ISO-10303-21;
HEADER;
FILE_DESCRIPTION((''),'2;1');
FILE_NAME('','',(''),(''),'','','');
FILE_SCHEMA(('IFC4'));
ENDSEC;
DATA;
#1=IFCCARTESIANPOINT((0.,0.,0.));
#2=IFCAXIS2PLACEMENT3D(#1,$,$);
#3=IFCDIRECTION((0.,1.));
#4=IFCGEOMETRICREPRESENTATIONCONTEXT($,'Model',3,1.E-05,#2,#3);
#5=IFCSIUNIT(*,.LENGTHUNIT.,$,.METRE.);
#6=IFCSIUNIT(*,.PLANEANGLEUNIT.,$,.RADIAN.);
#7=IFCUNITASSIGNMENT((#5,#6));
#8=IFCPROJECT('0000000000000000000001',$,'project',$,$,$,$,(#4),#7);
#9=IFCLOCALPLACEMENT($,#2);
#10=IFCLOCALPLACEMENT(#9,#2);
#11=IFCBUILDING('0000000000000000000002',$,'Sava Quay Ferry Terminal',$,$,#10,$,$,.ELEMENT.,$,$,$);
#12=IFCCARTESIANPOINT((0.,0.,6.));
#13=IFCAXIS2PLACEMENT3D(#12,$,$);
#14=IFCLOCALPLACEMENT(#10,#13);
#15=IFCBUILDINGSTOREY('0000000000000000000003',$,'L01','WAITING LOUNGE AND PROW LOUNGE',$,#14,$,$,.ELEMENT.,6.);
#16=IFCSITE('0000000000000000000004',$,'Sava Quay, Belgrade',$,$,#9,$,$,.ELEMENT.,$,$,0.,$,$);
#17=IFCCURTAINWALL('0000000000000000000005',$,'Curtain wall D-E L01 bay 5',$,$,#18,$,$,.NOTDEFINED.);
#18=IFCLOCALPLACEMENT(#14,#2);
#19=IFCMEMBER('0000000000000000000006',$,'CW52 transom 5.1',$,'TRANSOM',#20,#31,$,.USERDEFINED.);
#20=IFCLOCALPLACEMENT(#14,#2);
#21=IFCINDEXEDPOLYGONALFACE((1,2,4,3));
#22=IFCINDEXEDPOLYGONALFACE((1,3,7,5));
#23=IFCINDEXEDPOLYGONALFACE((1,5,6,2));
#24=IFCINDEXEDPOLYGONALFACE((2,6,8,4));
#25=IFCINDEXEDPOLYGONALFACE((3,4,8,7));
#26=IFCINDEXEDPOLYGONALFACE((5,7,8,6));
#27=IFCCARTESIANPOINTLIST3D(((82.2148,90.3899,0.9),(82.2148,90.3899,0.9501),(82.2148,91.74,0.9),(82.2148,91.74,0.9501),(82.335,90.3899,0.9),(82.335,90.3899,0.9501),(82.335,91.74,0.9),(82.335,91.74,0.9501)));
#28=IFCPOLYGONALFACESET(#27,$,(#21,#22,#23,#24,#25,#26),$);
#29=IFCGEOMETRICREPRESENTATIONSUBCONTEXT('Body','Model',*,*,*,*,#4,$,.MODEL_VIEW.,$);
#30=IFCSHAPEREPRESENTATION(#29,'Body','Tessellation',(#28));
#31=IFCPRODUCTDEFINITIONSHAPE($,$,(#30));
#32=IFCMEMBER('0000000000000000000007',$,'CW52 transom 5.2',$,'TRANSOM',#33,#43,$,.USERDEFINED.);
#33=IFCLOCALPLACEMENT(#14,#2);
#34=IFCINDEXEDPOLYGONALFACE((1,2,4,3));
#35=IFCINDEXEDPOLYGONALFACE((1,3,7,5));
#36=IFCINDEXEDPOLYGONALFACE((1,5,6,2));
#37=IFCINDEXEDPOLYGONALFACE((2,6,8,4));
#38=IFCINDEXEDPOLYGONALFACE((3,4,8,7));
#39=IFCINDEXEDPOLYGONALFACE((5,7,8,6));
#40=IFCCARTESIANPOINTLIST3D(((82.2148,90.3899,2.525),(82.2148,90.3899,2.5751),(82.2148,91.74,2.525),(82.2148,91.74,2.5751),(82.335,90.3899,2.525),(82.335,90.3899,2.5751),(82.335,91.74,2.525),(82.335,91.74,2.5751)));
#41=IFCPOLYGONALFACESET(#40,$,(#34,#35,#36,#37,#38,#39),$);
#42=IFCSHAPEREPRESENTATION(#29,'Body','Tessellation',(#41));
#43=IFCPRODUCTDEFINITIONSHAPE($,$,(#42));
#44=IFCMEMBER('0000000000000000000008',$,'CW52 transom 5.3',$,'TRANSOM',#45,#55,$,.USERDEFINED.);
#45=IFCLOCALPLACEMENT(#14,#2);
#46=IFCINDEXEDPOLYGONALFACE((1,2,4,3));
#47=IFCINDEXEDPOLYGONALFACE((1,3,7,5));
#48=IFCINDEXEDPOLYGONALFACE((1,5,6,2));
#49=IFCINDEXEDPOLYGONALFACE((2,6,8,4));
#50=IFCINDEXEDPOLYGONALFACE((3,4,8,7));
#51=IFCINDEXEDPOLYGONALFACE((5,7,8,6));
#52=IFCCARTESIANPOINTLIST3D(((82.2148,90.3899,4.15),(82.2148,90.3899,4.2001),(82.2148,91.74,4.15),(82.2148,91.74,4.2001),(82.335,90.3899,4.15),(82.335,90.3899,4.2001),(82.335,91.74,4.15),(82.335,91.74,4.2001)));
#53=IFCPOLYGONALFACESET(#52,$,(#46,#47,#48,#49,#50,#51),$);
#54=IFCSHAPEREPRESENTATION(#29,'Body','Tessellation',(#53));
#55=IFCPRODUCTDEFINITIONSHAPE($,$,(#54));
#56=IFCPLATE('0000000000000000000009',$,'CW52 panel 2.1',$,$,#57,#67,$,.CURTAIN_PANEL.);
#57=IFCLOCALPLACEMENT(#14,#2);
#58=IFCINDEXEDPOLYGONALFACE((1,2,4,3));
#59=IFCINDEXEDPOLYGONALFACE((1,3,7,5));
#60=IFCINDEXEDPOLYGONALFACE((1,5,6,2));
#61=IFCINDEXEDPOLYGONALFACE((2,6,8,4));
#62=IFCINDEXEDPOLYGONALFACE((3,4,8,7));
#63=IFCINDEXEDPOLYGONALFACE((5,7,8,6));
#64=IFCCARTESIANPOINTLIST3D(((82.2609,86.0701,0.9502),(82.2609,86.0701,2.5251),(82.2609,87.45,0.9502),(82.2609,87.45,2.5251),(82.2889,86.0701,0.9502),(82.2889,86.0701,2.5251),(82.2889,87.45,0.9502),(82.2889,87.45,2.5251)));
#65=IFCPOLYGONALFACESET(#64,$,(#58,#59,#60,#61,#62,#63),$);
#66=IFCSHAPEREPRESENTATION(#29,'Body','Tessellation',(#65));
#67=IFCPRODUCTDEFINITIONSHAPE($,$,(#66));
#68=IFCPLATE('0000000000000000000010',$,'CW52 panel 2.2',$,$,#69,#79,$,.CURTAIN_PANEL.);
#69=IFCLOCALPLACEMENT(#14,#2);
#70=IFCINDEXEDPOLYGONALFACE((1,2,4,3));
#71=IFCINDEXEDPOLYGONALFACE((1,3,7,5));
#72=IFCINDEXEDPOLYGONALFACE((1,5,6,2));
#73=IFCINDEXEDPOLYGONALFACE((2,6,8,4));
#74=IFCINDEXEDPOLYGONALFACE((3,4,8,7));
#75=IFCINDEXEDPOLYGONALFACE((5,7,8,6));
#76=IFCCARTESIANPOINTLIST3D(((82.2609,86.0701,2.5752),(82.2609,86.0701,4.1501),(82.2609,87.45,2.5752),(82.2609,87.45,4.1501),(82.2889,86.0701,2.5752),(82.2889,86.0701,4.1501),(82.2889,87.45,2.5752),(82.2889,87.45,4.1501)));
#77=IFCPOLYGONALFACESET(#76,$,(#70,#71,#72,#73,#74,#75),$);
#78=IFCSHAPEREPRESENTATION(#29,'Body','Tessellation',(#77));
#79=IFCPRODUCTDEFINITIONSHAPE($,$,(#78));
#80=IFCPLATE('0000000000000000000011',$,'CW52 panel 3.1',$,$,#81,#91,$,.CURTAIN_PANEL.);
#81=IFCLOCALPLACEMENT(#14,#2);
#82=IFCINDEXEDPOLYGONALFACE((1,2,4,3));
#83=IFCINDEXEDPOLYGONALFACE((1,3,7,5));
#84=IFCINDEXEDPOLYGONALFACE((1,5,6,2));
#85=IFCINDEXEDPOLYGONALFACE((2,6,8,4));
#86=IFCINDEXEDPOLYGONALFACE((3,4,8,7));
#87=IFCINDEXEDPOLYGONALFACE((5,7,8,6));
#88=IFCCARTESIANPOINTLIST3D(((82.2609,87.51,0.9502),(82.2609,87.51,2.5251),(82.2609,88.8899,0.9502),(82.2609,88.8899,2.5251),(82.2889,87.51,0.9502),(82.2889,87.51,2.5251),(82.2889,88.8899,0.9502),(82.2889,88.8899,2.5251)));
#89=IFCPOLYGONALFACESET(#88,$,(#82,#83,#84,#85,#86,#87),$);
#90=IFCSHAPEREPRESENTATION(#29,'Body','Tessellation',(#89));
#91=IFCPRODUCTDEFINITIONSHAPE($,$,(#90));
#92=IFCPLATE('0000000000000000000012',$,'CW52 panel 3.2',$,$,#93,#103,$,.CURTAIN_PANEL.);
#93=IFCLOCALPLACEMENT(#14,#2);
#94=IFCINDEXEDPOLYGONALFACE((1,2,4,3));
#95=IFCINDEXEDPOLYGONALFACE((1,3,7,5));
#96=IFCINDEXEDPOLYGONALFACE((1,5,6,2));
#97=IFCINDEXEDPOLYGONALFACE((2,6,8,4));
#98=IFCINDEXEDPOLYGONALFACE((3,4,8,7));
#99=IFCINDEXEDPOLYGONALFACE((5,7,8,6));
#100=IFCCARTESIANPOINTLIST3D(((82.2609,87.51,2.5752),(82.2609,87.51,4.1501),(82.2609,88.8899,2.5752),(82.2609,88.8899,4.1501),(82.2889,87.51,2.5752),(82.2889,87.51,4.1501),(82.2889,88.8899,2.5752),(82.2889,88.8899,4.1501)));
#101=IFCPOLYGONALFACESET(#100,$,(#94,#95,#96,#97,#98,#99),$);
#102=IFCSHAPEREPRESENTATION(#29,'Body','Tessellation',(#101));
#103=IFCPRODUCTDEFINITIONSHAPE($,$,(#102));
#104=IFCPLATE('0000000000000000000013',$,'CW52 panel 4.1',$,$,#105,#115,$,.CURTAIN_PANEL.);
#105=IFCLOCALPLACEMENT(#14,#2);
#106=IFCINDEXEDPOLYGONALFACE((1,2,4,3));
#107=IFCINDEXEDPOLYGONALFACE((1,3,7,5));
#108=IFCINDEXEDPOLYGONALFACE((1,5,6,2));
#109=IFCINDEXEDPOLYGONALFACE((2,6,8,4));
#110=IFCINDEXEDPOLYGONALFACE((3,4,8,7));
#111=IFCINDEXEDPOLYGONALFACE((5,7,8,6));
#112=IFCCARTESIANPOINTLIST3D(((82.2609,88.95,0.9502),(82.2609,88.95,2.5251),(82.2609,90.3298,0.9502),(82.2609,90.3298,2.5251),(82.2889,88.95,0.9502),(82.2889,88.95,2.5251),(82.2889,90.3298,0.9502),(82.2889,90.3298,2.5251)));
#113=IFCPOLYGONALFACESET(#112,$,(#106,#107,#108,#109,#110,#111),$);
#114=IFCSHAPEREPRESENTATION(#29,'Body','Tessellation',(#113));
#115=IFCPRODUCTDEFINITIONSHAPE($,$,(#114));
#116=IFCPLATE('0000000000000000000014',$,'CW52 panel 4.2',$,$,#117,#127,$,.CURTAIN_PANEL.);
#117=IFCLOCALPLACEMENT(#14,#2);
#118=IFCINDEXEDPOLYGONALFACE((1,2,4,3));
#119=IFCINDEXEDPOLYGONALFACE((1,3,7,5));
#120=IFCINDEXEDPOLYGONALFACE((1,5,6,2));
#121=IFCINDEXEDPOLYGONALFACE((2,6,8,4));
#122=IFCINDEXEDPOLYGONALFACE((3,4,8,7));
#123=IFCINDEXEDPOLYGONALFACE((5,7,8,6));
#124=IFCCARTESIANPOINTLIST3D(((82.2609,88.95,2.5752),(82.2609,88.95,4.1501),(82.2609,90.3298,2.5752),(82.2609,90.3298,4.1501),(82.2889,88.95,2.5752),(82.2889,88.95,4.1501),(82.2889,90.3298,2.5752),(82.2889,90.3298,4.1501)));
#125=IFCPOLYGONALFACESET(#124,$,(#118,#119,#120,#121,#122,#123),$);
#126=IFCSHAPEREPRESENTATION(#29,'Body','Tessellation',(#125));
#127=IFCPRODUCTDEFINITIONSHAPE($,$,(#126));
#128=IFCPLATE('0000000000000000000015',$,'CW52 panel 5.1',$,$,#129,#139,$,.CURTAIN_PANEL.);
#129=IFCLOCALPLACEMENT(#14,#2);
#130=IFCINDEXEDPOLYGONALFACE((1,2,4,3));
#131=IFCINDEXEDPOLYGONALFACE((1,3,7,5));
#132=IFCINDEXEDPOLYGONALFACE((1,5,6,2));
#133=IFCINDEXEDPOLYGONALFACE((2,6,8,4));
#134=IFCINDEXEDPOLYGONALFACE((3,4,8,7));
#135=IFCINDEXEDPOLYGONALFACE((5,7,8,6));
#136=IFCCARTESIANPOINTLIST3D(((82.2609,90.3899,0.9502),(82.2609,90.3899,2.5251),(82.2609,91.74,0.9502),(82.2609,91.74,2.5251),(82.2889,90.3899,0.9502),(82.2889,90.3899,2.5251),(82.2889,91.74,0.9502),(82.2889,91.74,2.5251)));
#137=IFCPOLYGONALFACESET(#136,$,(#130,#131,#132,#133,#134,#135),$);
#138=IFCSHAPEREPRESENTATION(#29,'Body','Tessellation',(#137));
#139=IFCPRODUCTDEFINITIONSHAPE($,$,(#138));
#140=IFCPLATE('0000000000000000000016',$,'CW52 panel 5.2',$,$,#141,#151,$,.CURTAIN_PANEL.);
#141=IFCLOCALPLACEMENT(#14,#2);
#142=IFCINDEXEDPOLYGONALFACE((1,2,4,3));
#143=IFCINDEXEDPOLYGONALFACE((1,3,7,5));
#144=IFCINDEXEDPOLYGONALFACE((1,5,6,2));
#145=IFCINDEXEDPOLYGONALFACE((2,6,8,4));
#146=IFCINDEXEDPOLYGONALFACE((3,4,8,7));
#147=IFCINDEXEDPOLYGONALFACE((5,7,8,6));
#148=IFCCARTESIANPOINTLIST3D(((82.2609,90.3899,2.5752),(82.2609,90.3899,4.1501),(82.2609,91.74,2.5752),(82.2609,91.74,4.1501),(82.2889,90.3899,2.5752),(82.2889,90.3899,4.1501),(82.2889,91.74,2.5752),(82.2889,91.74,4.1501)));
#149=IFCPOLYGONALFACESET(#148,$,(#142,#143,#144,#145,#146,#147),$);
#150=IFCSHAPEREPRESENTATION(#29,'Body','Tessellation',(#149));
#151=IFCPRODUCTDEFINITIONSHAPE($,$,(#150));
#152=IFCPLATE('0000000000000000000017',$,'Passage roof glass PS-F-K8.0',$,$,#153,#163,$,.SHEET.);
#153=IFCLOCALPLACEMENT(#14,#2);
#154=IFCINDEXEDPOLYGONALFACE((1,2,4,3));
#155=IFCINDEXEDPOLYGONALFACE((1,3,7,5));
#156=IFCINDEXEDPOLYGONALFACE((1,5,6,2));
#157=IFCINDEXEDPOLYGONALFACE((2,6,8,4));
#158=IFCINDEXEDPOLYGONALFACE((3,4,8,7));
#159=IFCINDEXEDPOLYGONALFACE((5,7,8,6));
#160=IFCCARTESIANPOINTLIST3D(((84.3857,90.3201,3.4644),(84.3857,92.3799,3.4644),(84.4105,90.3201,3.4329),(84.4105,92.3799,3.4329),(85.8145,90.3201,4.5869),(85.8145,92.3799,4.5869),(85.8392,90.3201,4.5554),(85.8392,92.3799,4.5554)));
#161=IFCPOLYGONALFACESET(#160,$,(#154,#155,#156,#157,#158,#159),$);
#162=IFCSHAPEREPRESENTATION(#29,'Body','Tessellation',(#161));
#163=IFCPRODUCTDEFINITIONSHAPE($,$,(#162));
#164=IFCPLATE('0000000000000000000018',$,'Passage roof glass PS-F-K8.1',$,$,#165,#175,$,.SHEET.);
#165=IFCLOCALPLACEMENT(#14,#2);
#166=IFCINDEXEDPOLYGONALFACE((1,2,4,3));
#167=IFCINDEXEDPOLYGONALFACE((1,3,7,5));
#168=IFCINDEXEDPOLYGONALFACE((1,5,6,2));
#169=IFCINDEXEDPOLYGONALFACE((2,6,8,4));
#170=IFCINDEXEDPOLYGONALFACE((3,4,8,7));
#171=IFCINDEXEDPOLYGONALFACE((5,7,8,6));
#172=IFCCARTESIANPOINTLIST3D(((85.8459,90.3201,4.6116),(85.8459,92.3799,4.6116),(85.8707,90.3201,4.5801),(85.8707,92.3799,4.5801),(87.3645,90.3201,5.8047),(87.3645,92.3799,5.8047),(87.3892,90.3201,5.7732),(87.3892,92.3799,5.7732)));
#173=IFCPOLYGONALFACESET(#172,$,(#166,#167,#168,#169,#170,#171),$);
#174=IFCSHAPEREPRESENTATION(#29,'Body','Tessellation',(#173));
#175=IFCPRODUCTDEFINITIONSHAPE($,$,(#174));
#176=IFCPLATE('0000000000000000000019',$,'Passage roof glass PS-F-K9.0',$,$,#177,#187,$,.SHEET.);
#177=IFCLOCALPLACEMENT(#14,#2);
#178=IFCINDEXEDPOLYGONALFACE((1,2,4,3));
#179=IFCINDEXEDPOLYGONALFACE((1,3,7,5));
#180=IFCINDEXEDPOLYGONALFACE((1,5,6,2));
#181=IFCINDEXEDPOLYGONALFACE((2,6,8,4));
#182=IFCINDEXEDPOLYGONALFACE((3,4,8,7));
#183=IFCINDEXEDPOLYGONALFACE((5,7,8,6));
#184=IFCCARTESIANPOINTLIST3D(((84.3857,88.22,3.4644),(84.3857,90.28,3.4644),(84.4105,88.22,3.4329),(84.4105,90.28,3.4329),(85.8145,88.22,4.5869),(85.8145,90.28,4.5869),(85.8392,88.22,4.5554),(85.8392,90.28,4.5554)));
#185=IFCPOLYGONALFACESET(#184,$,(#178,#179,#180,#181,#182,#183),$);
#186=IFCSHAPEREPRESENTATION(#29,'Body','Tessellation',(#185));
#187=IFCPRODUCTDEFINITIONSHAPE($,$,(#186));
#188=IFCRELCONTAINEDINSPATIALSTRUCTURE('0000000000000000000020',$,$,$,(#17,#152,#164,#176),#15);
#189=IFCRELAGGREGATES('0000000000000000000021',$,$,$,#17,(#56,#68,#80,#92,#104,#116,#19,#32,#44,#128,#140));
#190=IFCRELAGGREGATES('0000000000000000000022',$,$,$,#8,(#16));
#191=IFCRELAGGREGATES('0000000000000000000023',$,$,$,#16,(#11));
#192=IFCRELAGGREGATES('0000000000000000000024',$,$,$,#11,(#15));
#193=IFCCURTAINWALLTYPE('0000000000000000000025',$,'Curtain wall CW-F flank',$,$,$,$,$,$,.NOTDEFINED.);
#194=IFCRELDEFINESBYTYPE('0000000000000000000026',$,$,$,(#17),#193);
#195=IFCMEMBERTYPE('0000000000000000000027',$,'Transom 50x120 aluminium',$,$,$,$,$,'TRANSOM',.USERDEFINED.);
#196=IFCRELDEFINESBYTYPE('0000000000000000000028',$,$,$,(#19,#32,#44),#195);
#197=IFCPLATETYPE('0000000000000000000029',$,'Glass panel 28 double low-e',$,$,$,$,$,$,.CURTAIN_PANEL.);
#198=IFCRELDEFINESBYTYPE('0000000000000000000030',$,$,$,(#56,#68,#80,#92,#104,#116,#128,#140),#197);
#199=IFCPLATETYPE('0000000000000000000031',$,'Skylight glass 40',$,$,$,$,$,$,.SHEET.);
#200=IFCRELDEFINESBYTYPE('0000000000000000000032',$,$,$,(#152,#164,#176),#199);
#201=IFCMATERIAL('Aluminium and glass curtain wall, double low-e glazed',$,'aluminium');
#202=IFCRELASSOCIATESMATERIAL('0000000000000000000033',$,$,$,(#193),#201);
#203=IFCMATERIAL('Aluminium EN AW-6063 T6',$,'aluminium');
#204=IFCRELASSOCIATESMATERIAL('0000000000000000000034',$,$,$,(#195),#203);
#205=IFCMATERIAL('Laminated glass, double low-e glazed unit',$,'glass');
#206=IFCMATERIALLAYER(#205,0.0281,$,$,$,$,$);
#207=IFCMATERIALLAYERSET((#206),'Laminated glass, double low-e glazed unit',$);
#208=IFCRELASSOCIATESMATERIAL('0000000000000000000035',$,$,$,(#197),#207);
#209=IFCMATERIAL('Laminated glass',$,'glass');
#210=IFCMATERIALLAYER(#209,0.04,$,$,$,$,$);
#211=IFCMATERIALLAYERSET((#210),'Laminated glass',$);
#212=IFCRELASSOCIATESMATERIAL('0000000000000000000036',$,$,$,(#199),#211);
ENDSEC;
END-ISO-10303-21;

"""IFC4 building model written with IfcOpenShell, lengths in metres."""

from ifc_helpers import new_model, si_unit, direction, frame, origin, origin_2d, place, context, subcontext, project, spatial, polyline, rectangle, outline, extrude, material, layer, layer_set, material_profile, profile_set, type_object, element, aggregate, save


model = new_model("IFC4")

# Units and contexts
model_context = context("Model", 3, precision=1e-05, world=origin(), true_north=direction((0.0, 1.0)))
body_context = subcontext(model_context, "Body", "Model", "MODEL_VIEW")
ifc_project = project(units=[si_unit("LENGTHUNIT", "METRE"), si_unit("PLANEANGLEUNIT", "RADIAN")], contexts=[model_context])

# Site, building, storey
site_placement = place(None, origin())
site = spatial("IfcSite", under=ifc_project, at=site_placement, Name="Sava Quay, Belgrade", CompositionType="ELEMENT", RefElevation=0.0)
building_placement = place(site_placement, origin())
building = spatial("IfcBuilding", under=site, at=building_placement, Name="Sava Quay Ferry Terminal", CompositionType="ELEMENT")
storey_placement = place(building_placement, frame((0.0, 0.0, 6.0)))
storey = spatial("IfcBuildingStorey", under=building, at=storey_placement, Name="L01", Description="WAITING LOUNGE AND PROW LOUNGE", CompositionType="ELEMENT", Elevation=6.0)

# Curtain wall
ifc_material_1 = material(Name="Aluminium and glass curtain wall, double low-e glazed", Category="aluminium")
curtain_wall_type = type_object("IfcCurtainWallType", Name="Curtain wall CW-F flank", PredefinedType="NOTDEFINED", material=ifc_material_1)
curtain_wall_placement = place(storey_placement, origin())
curtain_wall = element("IfcCurtainWall", 1, at=curtain_wall_placement, inside=storey, type_object=curtain_wall_type, Name="Curtain wall D-E L01 bay 5", PredefinedType="NOTDEFINED")

# Members
ifc_material_2 = material(Name="Aluminium EN AW-6063 T6", Category="aluminium")
ifc_material_profile_1 = material_profile(ifc_material_2, rectangle(XDim=0.1201, YDim=0.05, at=origin_2d()), Name="Transom 50x120 aluminium")
ifc_profile_set_1 = profile_set([ifc_material_profile_1], Name="Aluminium EN AW-6063 T6")
member_type_1 = type_object("IfcMemberType", Name="Transom 50x120 aluminium", ElementType="TRANSOM", PredefinedType="USERDEFINED", material=ifc_profile_set_1)
member_1_placement = place(storey_placement, frame((82.2749, 90.3899, 0.925), z_axis=(0.0, 1.0, 0.0), x_axis=(-1.0, 0.0, 0.0)))
member_1 = element("IfcMember", 2, at=member_1_placement, type_object=member_type_1, Name="CW52 transom 5.1", ObjectType="TRANSOM", PredefinedType="USERDEFINED", context=body_context, shape_type="SweptSolid", body=[
    extrude(rectangle(XDim=0.1201, YDim=0.05, at=origin_2d()), origin(), (0.0, 0.0, 1.0), 1.3501),
])
member_2_placement = place(storey_placement, frame((82.2749, 90.3899, 2.55), z_axis=(0.0, 1.0, 0.0), x_axis=(-1.0, 0.0, 0.0)))
member_2 = element("IfcMember", 3, at=member_2_placement, type_object=member_type_1, Name="CW52 transom 5.2", ObjectType="TRANSOM", PredefinedType="USERDEFINED", context=body_context, shape_type="SweptSolid", body=[
    extrude(rectangle(XDim=0.1201, YDim=0.05, at=origin_2d()), origin(), (0.0, 0.0, 1.0), 1.3501),
])
member_3_placement = place(storey_placement, frame((82.2749, 90.3899, 4.175), z_axis=(0.0, 1.0, 0.0), x_axis=(-1.0, 0.0, 0.0)))
member_3 = element("IfcMember", 4, at=member_3_placement, type_object=member_type_1, Name="CW52 transom 5.3", ObjectType="TRANSOM", PredefinedType="USERDEFINED", context=body_context, shape_type="SweptSolid", body=[
    extrude(rectangle(XDim=0.1201, YDim=0.05, at=origin_2d()), origin(), (0.0, 0.0, 1.0), 1.3501),
])

# Plates
ifc_material_3 = material(Name="Laminated glass, double low-e glazed unit", Category="glass")
ifc_layer_1 = layer(ifc_material_3, 0.0281)
ifc_layer_set_1 = layer_set([ifc_layer_1], Name="Laminated glass, double low-e glazed unit")
plate_type_1 = type_object("IfcPlateType", Name="Glass panel 28 double low-e", PredefinedType="CURTAIN_PANEL", material=ifc_layer_set_1)
plate_1_placement = place(storey_placement, frame((82.2749, 86.76, 0.9502), z_axis=(0.0, 0.0, 1.0), x_axis=(0.0, 1.0, 0.0)))
plate_1 = element("IfcPlate", 5, at=plate_1_placement, type_object=plate_type_1, Name="CW52 panel 2.1", PredefinedType="CURTAIN_PANEL", context=body_context, shape_type="SweptSolid", body=[
    extrude(rectangle(XDim=1.3799, YDim=0.0281, at=origin_2d()), origin(), (0.0, 0.0, 1.0), 1.575),
])
plate_2_placement = place(storey_placement, frame((82.2749, 86.76, 2.5752), z_axis=(0.0, 0.0, 1.0), x_axis=(0.0, 1.0, 0.0)))
plate_2 = element("IfcPlate", 6, at=plate_2_placement, type_object=plate_type_1, Name="CW52 panel 2.2", PredefinedType="CURTAIN_PANEL", context=body_context, shape_type="SweptSolid", body=[
    extrude(rectangle(XDim=1.3799, YDim=0.0281, at=origin_2d()), origin(), (0.0, 0.0, 1.0), 1.575),
])
plate_3_placement = place(storey_placement, frame((82.2749, 88.2, 0.9502), z_axis=(0.0, 0.0, 1.0), x_axis=(0.0, 1.0, 0.0)))
plate_3 = element("IfcPlate", 7, at=plate_3_placement, type_object=plate_type_1, Name="CW52 panel 3.1", PredefinedType="CURTAIN_PANEL", context=body_context, shape_type="SweptSolid", body=[
    extrude(rectangle(XDim=1.3799, YDim=0.0281, at=origin_2d()), origin(), (0.0, 0.0, 1.0), 1.575),
])
plate_4_placement = place(storey_placement, frame((82.2749, 88.2, 2.5752), z_axis=(0.0, 0.0, 1.0), x_axis=(0.0, 1.0, 0.0)))
plate_4 = element("IfcPlate", 8, at=plate_4_placement, type_object=plate_type_1, Name="CW52 panel 3.2", PredefinedType="CURTAIN_PANEL", context=body_context, shape_type="SweptSolid", body=[
    extrude(rectangle(XDim=1.3799, YDim=0.0281, at=origin_2d()), origin(), (0.0, 0.0, 1.0), 1.575),
])
plate_5_placement = place(storey_placement, frame((82.2749, 89.6399, 0.9502), z_axis=(0.0, 0.0, 1.0), x_axis=(0.0, 1.0, 0.0)))
plate_5 = element("IfcPlate", 9, at=plate_5_placement, type_object=plate_type_1, Name="CW52 panel 4.1", PredefinedType="CURTAIN_PANEL", context=body_context, shape_type="SweptSolid", body=[
    extrude(rectangle(XDim=1.3799, YDim=0.0281, at=origin_2d()), origin(), (0.0, 0.0, 1.0), 1.575),
])
plate_6_placement = place(storey_placement, frame((82.2749, 89.6399, 2.5752), z_axis=(0.0, 0.0, 1.0), x_axis=(0.0, 1.0, 0.0)))
plate_6 = element("IfcPlate", 10, at=plate_6_placement, type_object=plate_type_1, Name="CW52 panel 4.2", PredefinedType="CURTAIN_PANEL", context=body_context, shape_type="SweptSolid", body=[
    extrude(rectangle(XDim=1.3799, YDim=0.0281, at=origin_2d()), origin(), (0.0, 0.0, 1.0), 1.575),
])
plate_7_placement = place(storey_placement, frame((82.2749, 91.0649, 0.9502), z_axis=(0.0, 0.0, 1.0), x_axis=(0.0, 1.0, 0.0)))
plate_7 = element("IfcPlate", 11, at=plate_7_placement, type_object=plate_type_1, Name="CW52 panel 5.1", PredefinedType="CURTAIN_PANEL", context=body_context, shape_type="SweptSolid", body=[
    extrude(rectangle(XDim=1.3501, YDim=0.0281, at=origin_2d()), origin(), (0.0, 0.0, 1.0), 1.575),
])
plate_8_placement = place(storey_placement, frame((82.2749, 91.0649, 2.5752), z_axis=(0.0, 0.0, 1.0), x_axis=(0.0, 1.0, 0.0)))
plate_8 = element("IfcPlate", 12, at=plate_8_placement, type_object=plate_type_1, Name="CW52 panel 5.2", PredefinedType="CURTAIN_PANEL", context=body_context, shape_type="SweptSolid", body=[
    extrude(rectangle(XDim=1.3501, YDim=0.0281, at=origin_2d()), origin(), (0.0, 0.0, 1.0), 1.575),
])
aggregate(curtain_wall, [plate_1, plate_2, plate_3, plate_4, plate_5, plate_6, member_1, member_2, member_3, plate_7, plate_8])

# Plates
ifc_material_4 = material(Name="Laminated glass", Category="glass")
ifc_layer_2 = layer(ifc_material_4, 0.04)
ifc_layer_set_2 = layer_set([ifc_layer_2], Name="Laminated glass")
plate_type_2 = type_object("IfcPlateType", Name="Skylight glass 40", PredefinedType="SHEET", material=ifc_layer_set_2)
plate_9_placement = place(storey_placement, frame((85.8145, 92.3799, 4.5869), z_axis=(-0.617822, 0.0, 0.786318), x_axis=(0.0, -1.0, 0.0)))
element("IfcPlate", 13, at=plate_9_placement, inside=storey, type_object=plate_type_2, Name="Passage roof glass PS-F-K8.0", PredefinedType="SHEET", context=body_context, shape_type="SweptSolid", body=[
    extrude(outline(polyline([(0.0, 0.0), (2.0598, 0.0), (2.0598, -1.817), (0.0, -1.817), (0.0, 0.0)])), origin(), (0.0, 0.0, -1.0), 0.04),
])
plate_10_placement = place(storey_placement, frame((85.8459, 92.3799, 4.6116), z_axis=(-0.61781, 0.0, 0.786327), x_axis=(0.786327, 0.0, 0.61781)))
element("IfcPlate", 14, at=plate_10_placement, inside=storey, type_object=plate_type_2, Name="Passage roof glass PS-F-K8.1", PredefinedType="SHEET", context=body_context, shape_type="SweptSolid", body=[
    extrude(outline(polyline([(0.0, 0.0), (1.9312, 0.0), (1.9312, -2.0598), (0.0, -2.0598), (0.0, 0.0)])), origin(), (0.0, 0.0, -1.0), 0.04),
])
plate_11_placement = place(storey_placement, frame((85.8145, 90.28, 4.5869), z_axis=(-0.617822, 0.0, 0.786318), x_axis=(0.0, -1.0, 0.0)))
element("IfcPlate", 15, at=plate_11_placement, inside=storey, type_object=plate_type_2, Name="Passage roof glass PS-F-K9.0", PredefinedType="SHEET", context=body_context, shape_type="SweptSolid", body=[
    extrude(outline(polyline([(0.0, 0.0), (2.0601, 0.0), (2.0601, -1.817), (0.0, -1.817), (0.0, 0.0)])), origin(), (0.0, 0.0, -1.0), 0.04),
])

save(model, "model.ifc")
